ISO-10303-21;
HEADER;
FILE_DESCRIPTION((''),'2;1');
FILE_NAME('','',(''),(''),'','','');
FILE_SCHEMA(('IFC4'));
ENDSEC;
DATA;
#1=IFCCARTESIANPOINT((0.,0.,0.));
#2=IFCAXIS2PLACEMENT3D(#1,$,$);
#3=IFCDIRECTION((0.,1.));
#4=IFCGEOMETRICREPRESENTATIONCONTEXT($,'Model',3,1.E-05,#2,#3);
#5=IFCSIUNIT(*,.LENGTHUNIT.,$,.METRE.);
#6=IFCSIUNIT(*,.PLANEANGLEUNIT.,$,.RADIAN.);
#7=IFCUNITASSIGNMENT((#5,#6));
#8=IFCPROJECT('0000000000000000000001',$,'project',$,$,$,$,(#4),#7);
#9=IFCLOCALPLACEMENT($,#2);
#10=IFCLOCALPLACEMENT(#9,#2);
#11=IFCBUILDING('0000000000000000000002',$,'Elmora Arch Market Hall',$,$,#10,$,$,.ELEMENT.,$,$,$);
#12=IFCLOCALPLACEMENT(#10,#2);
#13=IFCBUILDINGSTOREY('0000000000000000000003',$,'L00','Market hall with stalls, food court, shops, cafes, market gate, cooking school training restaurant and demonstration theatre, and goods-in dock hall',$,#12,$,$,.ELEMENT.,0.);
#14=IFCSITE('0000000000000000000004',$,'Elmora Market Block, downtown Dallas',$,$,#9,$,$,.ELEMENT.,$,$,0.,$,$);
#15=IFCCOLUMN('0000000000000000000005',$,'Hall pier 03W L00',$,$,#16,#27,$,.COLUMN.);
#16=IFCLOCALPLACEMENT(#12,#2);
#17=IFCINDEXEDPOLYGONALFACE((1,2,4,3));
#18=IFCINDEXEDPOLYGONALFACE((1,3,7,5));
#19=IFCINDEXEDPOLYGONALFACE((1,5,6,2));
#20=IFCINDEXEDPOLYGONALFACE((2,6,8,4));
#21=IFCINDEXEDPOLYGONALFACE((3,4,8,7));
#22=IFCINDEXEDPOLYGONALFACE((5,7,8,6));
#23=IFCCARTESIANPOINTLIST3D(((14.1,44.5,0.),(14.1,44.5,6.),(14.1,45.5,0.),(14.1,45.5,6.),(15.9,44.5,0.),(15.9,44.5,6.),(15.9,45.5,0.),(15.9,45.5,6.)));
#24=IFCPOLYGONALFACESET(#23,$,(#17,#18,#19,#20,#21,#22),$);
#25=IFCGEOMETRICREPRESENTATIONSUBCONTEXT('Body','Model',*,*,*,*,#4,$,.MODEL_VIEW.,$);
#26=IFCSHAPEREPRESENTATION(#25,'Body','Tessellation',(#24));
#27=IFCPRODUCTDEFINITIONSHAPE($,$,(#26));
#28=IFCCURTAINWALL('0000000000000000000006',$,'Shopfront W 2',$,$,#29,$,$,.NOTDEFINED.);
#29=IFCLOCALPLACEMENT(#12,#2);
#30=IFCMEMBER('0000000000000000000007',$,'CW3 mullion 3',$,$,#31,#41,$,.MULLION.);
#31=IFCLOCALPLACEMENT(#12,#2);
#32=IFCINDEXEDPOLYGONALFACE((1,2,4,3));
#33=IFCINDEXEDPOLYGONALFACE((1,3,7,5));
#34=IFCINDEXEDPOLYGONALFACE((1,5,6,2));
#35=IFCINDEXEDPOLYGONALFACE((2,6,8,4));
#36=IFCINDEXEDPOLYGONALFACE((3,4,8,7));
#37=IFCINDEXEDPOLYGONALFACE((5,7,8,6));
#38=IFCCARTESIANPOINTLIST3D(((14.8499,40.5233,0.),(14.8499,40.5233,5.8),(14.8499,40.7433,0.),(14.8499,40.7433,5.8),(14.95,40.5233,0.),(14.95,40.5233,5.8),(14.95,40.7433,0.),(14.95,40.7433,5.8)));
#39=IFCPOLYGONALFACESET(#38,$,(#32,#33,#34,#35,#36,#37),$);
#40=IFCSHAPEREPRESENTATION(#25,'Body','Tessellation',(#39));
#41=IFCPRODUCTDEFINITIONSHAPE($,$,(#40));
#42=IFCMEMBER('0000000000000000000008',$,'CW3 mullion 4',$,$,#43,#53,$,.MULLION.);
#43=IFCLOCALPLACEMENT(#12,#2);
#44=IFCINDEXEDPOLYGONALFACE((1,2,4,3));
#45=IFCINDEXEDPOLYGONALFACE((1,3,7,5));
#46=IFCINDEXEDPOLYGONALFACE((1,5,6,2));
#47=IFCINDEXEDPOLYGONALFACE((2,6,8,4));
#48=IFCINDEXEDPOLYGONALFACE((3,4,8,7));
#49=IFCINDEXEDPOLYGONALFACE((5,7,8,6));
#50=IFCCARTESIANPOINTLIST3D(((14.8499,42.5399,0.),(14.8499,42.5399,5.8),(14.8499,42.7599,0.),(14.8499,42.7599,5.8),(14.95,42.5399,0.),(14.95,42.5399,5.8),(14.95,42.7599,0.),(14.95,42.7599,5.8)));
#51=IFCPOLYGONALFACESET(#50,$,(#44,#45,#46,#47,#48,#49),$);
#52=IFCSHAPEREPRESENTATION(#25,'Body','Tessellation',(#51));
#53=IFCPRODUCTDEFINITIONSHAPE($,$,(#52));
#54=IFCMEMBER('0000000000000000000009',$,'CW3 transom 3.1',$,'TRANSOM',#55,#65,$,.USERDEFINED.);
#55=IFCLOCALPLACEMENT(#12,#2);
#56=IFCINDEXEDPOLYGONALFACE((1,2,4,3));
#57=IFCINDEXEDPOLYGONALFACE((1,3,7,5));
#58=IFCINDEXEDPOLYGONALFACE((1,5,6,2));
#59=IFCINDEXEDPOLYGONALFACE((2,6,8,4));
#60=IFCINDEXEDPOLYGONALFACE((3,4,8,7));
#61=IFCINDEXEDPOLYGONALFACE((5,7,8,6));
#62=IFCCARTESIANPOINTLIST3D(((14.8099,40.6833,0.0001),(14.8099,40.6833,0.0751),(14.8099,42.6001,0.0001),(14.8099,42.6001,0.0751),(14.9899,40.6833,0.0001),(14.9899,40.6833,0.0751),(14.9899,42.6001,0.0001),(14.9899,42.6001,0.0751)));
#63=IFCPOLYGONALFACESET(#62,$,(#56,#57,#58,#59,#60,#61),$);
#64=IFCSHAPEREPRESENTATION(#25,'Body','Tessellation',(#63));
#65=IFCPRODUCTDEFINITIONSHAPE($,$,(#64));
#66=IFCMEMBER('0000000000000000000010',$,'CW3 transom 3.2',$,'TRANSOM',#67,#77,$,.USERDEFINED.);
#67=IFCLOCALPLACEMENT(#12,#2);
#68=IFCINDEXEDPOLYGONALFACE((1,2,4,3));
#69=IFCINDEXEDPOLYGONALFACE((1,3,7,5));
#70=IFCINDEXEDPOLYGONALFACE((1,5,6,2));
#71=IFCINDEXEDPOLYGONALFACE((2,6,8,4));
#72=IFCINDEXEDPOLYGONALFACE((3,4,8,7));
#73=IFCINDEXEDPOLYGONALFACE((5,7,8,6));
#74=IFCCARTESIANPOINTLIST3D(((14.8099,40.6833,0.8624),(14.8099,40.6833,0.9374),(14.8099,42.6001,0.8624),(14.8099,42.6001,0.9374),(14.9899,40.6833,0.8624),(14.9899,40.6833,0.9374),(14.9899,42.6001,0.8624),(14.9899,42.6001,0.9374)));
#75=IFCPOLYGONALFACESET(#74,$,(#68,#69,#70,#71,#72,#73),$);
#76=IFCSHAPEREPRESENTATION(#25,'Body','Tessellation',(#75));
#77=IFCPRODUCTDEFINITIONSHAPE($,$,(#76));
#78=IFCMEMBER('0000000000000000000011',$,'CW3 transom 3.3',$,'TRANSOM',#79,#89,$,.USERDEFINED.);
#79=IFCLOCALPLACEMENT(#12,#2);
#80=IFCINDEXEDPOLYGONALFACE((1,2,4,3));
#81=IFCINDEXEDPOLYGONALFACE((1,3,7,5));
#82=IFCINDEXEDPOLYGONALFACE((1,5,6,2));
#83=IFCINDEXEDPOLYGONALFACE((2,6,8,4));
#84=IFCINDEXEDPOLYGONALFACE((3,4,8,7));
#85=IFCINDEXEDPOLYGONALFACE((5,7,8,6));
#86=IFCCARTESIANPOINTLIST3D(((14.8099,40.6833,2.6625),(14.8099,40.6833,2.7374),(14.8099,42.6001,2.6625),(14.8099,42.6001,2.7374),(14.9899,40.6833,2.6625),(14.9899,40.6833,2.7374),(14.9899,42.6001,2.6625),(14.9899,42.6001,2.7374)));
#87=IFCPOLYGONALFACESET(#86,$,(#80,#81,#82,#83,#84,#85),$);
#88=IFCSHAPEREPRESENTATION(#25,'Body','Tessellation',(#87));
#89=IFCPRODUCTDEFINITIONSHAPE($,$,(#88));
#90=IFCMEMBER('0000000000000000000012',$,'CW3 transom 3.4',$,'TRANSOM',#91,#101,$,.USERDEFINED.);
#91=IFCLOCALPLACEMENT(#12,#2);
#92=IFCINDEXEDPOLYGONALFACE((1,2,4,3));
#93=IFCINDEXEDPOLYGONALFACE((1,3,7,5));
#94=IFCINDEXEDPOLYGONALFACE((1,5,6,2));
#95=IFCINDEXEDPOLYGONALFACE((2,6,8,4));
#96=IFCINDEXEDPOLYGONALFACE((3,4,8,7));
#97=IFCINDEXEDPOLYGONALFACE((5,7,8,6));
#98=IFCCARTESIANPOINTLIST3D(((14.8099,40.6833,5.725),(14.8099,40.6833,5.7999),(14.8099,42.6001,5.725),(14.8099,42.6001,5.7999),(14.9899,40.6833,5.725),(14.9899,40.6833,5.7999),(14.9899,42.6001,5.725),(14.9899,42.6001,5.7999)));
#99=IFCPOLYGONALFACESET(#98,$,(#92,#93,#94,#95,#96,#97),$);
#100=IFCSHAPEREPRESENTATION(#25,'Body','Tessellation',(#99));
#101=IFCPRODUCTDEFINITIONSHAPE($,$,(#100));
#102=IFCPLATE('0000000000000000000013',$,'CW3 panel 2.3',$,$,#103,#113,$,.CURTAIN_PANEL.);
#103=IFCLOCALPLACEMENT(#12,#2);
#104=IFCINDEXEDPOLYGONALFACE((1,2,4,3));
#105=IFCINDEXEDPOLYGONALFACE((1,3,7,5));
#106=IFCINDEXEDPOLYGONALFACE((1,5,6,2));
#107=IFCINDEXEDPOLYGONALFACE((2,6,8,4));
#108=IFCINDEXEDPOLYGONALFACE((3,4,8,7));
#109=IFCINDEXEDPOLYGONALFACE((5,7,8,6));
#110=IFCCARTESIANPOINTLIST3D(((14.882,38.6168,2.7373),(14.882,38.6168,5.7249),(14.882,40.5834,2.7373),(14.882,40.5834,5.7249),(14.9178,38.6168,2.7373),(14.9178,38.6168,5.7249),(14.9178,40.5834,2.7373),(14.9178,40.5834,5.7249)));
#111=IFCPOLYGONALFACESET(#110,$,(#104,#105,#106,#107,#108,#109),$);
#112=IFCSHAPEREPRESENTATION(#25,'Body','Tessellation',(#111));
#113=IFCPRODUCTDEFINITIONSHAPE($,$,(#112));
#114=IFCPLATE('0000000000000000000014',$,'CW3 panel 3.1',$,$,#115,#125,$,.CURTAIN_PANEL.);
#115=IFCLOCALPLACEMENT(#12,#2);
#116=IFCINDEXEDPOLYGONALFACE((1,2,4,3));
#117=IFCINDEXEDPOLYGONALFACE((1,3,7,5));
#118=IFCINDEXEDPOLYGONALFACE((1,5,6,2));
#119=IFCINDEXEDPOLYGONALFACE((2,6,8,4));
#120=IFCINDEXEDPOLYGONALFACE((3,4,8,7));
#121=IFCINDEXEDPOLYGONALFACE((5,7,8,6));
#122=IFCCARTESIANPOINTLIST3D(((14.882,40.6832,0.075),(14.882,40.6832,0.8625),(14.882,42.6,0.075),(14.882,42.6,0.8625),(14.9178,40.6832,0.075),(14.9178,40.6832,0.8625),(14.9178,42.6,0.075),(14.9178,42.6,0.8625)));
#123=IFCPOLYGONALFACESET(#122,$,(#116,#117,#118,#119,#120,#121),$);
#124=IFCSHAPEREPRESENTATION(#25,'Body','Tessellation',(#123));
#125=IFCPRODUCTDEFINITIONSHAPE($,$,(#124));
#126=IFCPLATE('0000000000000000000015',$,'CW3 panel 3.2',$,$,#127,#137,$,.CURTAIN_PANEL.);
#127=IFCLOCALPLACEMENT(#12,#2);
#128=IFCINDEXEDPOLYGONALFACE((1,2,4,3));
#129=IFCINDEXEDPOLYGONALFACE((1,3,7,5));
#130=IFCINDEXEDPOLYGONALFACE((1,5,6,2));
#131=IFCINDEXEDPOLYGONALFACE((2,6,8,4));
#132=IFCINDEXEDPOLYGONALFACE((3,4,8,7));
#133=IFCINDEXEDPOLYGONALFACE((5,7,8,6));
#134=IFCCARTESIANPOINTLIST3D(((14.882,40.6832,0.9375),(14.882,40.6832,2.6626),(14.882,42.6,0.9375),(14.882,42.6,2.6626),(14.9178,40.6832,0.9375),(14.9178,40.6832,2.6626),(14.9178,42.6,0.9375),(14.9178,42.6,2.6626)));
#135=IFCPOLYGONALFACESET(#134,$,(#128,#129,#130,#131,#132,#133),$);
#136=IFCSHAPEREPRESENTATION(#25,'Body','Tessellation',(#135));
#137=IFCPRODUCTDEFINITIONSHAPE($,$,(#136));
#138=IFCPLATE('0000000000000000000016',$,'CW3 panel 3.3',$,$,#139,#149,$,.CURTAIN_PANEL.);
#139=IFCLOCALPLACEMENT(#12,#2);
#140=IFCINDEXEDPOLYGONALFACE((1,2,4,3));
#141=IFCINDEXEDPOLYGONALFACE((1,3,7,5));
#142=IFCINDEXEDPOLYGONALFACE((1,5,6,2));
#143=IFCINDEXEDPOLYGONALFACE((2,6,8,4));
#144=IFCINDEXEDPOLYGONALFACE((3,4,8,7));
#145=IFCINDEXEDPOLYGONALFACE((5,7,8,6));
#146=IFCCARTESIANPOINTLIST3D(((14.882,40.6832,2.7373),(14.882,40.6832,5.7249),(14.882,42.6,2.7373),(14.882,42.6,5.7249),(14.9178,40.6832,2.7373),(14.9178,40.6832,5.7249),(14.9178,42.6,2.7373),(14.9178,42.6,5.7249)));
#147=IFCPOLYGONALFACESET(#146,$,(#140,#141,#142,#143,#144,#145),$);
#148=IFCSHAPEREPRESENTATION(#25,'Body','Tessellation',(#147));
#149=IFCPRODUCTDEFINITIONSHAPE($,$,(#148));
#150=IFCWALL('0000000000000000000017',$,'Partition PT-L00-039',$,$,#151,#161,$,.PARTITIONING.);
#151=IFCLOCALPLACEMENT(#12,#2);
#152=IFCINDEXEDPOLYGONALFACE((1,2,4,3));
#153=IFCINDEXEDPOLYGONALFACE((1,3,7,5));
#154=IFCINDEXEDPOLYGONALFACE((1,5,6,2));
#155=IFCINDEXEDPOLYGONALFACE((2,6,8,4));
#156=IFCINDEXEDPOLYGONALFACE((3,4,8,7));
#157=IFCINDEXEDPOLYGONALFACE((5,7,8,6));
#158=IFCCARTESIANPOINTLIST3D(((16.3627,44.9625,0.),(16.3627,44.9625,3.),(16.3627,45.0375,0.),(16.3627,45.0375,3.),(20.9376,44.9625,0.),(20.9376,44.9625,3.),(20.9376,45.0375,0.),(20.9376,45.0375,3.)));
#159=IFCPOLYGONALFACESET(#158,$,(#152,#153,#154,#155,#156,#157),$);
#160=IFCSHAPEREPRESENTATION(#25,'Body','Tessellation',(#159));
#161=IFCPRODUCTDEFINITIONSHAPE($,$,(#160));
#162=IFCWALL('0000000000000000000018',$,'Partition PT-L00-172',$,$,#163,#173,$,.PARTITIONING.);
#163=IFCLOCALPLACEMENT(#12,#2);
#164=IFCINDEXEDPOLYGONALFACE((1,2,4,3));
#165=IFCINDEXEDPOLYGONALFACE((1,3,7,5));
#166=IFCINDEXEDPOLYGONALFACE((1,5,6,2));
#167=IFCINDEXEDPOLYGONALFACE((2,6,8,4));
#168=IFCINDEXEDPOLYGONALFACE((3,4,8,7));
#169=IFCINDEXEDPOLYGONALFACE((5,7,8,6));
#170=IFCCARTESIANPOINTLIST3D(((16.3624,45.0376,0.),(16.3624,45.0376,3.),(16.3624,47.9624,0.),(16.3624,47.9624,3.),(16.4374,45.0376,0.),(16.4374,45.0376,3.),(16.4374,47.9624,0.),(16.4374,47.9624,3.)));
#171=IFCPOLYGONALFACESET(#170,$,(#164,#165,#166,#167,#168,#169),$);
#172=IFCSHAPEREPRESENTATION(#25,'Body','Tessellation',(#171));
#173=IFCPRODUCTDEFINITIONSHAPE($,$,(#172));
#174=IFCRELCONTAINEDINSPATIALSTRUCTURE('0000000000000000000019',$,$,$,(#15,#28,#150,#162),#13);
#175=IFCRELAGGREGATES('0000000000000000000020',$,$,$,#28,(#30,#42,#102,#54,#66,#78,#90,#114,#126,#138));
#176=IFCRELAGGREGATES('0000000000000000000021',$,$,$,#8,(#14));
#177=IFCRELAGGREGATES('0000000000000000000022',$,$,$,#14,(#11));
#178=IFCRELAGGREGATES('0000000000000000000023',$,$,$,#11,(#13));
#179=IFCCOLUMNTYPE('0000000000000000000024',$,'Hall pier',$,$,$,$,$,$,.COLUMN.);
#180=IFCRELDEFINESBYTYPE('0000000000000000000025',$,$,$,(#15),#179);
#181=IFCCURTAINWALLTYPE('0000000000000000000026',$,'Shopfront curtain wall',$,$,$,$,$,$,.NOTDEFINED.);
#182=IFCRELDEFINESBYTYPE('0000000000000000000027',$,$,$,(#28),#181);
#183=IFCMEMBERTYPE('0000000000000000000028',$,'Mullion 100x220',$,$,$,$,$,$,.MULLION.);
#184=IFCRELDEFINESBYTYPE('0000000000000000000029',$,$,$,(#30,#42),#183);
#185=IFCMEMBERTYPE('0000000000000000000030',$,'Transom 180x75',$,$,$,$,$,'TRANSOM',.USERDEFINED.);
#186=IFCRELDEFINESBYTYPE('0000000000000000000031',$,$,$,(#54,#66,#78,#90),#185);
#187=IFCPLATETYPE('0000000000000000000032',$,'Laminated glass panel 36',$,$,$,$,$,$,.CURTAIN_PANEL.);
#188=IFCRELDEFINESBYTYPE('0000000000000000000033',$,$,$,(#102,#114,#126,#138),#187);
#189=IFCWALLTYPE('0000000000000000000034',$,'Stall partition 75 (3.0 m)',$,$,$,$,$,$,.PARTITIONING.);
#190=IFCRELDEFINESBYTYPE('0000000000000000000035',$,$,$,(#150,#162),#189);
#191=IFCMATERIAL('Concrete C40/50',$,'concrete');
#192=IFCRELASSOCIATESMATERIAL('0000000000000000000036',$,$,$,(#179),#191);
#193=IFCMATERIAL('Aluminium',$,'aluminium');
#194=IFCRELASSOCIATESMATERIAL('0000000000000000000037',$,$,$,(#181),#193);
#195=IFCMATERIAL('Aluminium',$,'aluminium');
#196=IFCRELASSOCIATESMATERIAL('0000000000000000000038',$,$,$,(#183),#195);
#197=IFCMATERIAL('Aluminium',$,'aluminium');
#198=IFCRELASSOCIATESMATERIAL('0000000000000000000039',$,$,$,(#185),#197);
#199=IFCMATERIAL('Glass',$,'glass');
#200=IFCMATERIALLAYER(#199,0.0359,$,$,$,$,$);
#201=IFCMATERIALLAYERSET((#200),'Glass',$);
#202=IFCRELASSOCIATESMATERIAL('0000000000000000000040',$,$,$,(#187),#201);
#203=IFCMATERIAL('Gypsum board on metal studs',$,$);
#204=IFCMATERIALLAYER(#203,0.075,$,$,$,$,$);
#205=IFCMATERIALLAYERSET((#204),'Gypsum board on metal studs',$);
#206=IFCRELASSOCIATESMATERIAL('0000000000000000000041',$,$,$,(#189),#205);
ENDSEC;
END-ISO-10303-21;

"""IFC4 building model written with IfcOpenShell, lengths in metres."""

from ifc_helpers import new_model, si_unit, direction, frame, frame_2d, origin, origin_2d, place, context, subcontext, project, spatial, rectangle, extrude, material, layer, layer_set, material_profile, profile_set, type_object, element, aggregate, save


model = new_model("IFC4")

# Units and contexts
model_context = context("Model", 3, precision=1e-05, world=origin(), true_north=direction((0.0, 1.0)))
body_context = subcontext(model_context, "Body", "Model", "MODEL_VIEW")
ifc_project = project(units=[si_unit("LENGTHUNIT", "METRE"), si_unit("PLANEANGLEUNIT", "RADIAN")], contexts=[model_context])

# Site, building, storey
site_placement = place(None, origin())
site = spatial("IfcSite", under=ifc_project, at=site_placement, Name="Elmora Market Block, downtown Dallas", CompositionType="ELEMENT", RefElevation=0.0)
building_placement = place(site_placement, origin())
building = spatial("IfcBuilding", under=site, at=building_placement, Name="Elmora Arch Market Hall", CompositionType="ELEMENT")
storey_placement = place(building_placement, origin())
storey = spatial("IfcBuildingStorey", under=building, at=storey_placement, Name="L00", Description="Market hall with stalls, food court, shops, cafes, market gate, cooking school training restaurant and demonstration theatre, and goods-in dock hall", CompositionType="ELEMENT", Elevation=0.0)

# Column
ifc_material_1 = material(Name="Concrete C40/50", Category="concrete")
ifc_material_profile_1 = material_profile(ifc_material_1, rectangle(XDim=1.8, YDim=1.0, at=origin_2d()), Name="Hall pier")
ifc_profile_set_1 = profile_set([ifc_material_profile_1], Name="Concrete C40/50")
column_type = type_object("IfcColumnType", Name="Hall pier", PredefinedType="COLUMN", material=ifc_profile_set_1)
column_placement = place(storey_placement, frame((15.0, 45.0, 0.0), z_axis=(0.0, 0.0, 1.0), x_axis=(1.0, 0.0, 0.0)))
element("IfcColumn", 1, at=column_placement, inside=storey, type_object=column_type, Name="Hall pier 03W L00", PredefinedType="COLUMN", context=body_context, shape_type="SweptSolid", body=[
    extrude(rectangle(XDim=1.8, YDim=1.0, at=origin_2d()), origin(), (0.0, 0.0, 1.0), 6.0),
])

# Curtain wall, members, plates
ifc_material_2 = material(Name="Aluminium", Category="aluminium")
curtain_wall_type = type_object("IfcCurtainWallType", Name="Shopfront curtain wall", PredefinedType="NOTDEFINED", material=ifc_material_2)
curtain_wall_placement = place(storey_placement, origin())
curtain_wall = element("IfcCurtainWall", 2, at=curtain_wall_placement, inside=storey, type_object=curtain_wall_type, Name="Shopfront W 2", PredefinedType="NOTDEFINED")
ifc_material_3 = material(Name="Aluminium", Category="aluminium")
ifc_material_profile_2 = material_profile(ifc_material_3, rectangle(XDim=0.1001, YDim=0.22, at=origin_2d()), Name="AL 100x220")
ifc_profile_set_2 = profile_set([ifc_material_profile_2], Name="Aluminium")
member_type_1 = type_object("IfcMemberType", Name="Mullion 100x220", PredefinedType="MULLION", material=ifc_profile_set_2)
member_1_placement = place(storey_placement, frame((14.8999, 40.6333, 0.0), z_axis=(0.0, 0.0, 1.0), x_axis=(-1.0, 0.0, 0.0)))
member_1 = element("IfcMember", 3, at=member_1_placement, type_object=member_type_1, Name="CW3 mullion 3", PredefinedType="MULLION", context=body_context, shape_type="SweptSolid", body=[
    extrude(rectangle(XDim=0.1001, YDim=0.22, at=origin_2d()), origin(), (0.0, 0.0, 1.0), 5.8),
])
member_2_placement = place(storey_placement, frame((14.8999, 42.6499, 0.0), z_axis=(0.0, 0.0, 1.0), x_axis=(-1.0, 0.0, 0.0)))
member_2 = element("IfcMember", 4, at=member_2_placement, type_object=member_type_1, Name="CW3 mullion 4", PredefinedType="MULLION", context=body_context, shape_type="SweptSolid", body=[
    extrude(rectangle(XDim=0.1001, YDim=0.22, at=origin_2d()), origin(), (0.0, 0.0, 1.0), 5.8),
])
ifc_material_4 = material(Name="Aluminium", Category="aluminium")
ifc_material_profile_3 = material_profile(ifc_material_4, rectangle(XDim=0.1799, YDim=0.075, at=origin_2d()), Name="AL 180x75")
ifc_profile_set_3 = profile_set([ifc_material_profile_3], Name="Aluminium")
member_type_2 = type_object("IfcMemberType", Name="Transom 180x75", ElementType="TRANSOM", PredefinedType="USERDEFINED", material=ifc_profile_set_3)
member_3_placement = place(storey_placement, frame((14.8999, 40.6833, 0.0376), z_axis=(0.0, 1.0, 0.0), x_axis=(-1.0, 0.0, 0.0)))
member_3 = element("IfcMember", 5, at=member_3_placement, type_object=member_type_2, Name="CW3 transom 3.1", ObjectType="TRANSOM", PredefinedType="USERDEFINED", context=body_context, shape_type="SweptSolid", body=[
    extrude(rectangle(XDim=0.1799, YDim=0.075, at=origin_2d()), origin(), (0.0, 0.0, 1.0), 1.9167),
])
member_4_placement = place(storey_placement, frame((14.8999, 40.6833, 0.8999), z_axis=(0.0, 1.0, 0.0), x_axis=(-1.0, 0.0, 0.0)))
member_4 = element("IfcMember", 6, at=member_4_placement, type_object=member_type_2, Name="CW3 transom 3.2", ObjectType="TRANSOM", PredefinedType="USERDEFINED", context=body_context, shape_type="SweptSolid", body=[
    extrude(rectangle(XDim=0.1799, YDim=0.075, at=origin_2d()), origin(), (0.0, 0.0, 1.0), 1.9167),
])
member_5_placement = place(storey_placement, frame((14.8999, 40.6833, 2.7), z_axis=(0.0, 1.0, 0.0), x_axis=(-1.0, 0.0, 0.0)))
member_5 = element("IfcMember", 7, at=member_5_placement, type_object=member_type_2, Name="CW3 transom 3.3", ObjectType="TRANSOM", PredefinedType="USERDEFINED", context=body_context, shape_type="SweptSolid", body=[
    extrude(rectangle(XDim=0.1799, YDim=0.075, at=origin_2d()), origin(), (0.0, 0.0, 1.0), 1.9167),
])
member_6_placement = place(storey_placement, frame((14.8999, 40.6833, 5.7625), z_axis=(0.0, 1.0, 0.0), x_axis=(-1.0, 0.0, 0.0)))
member_6 = element("IfcMember", 8, at=member_6_placement, type_object=member_type_2, Name="CW3 transom 3.4", ObjectType="TRANSOM", PredefinedType="USERDEFINED", context=body_context, shape_type="SweptSolid", body=[
    extrude(rectangle(XDim=0.1799, YDim=0.075, at=origin_2d()), origin(), (0.0, 0.0, 1.0), 1.9167),
])
ifc_material_5 = material(Name="Glass", Category="glass")
ifc_layer_1 = layer(ifc_material_5, 0.0359)
ifc_layer_set_1 = layer_set([ifc_layer_1], Name="Glass")
plate_type = type_object("IfcPlateType", Name="Laminated glass panel 36", PredefinedType="CURTAIN_PANEL", material=ifc_layer_set_1)
plate_1_placement = place(storey_placement, frame((14.8999, 39.6001, 2.7373), z_axis=(0.0, 0.0, 1.0), x_axis=(0.0, 1.0, 0.0)))
plate_1 = element("IfcPlate", 9, at=plate_1_placement, type_object=plate_type, Name="CW3 panel 2.3", PredefinedType="CURTAIN_PANEL", context=body_context, shape_type="SweptSolid", body=[
    extrude(rectangle(XDim=1.9666, YDim=0.0359, at=origin_2d()), origin(), (0.0, 0.0, 1.0), 2.9875),
])
plate_2_placement = place(storey_placement, frame((14.8999, 41.6416, 0.075), z_axis=(0.0, 0.0, 1.0), x_axis=(0.0, 1.0, 0.0)))
plate_2 = element("IfcPlate", 10, at=plate_2_placement, type_object=plate_type, Name="CW3 panel 3.1", PredefinedType="CURTAIN_PANEL", context=body_context, shape_type="SweptSolid", body=[
    extrude(rectangle(XDim=1.9167, YDim=0.0359, at=origin_2d()), origin(), (0.0, 0.0, 1.0), 0.7876),
])
plate_3_placement = place(storey_placement, frame((14.8999, 41.6416, 0.9375), z_axis=(0.0, 0.0, 1.0), x_axis=(0.0, 1.0, 0.0)))
plate_3 = element("IfcPlate", 11, at=plate_3_placement, type_object=plate_type, Name="CW3 panel 3.2", PredefinedType="CURTAIN_PANEL", context=body_context, shape_type="SweptSolid", body=[
    extrude(rectangle(XDim=1.9167, YDim=0.0359, at=origin_2d()), origin(), (0.0, 0.0, 1.0), 1.7251),
])
plate_4_placement = place(storey_placement, frame((14.8999, 41.6416, 2.7373), z_axis=(0.0, 0.0, 1.0), x_axis=(0.0, 1.0, 0.0)))
plate_4 = element("IfcPlate", 12, at=plate_4_placement, type_object=plate_type, Name="CW3 panel 3.3", PredefinedType="CURTAIN_PANEL", context=body_context, shape_type="SweptSolid", body=[
    extrude(rectangle(XDim=1.9167, YDim=0.0359, at=origin_2d()), origin(), (0.0, 0.0, 1.0), 2.9875),
])
aggregate(curtain_wall, [member_1, member_2, plate_1, member_3, member_4, member_5, member_6, plate_2, plate_3, plate_4])

# Shared definitions
ifc_material_6 = material(Name="Gypsum board on metal studs")
ifc_layer_2 = layer(ifc_material_6, 0.075)
ifc_layer_set_2 = layer_set([ifc_layer_2], Name="Gypsum board on metal studs")
wall_type_1 = type_object("IfcWallType", Name="Stall partition 75 (3.0 m)", PredefinedType="PARTITIONING", material=ifc_layer_set_2)

# Walls
wall_1_placement = place(storey_placement, frame((16.3625, 45.0, 0.0), z_axis=(0.0, 0.0, 1.0), x_axis=(1.0, 0.0, 0.0)))
element("IfcWall", 13, at=wall_1_placement, inside=storey, type_object=wall_type_1, Name="Partition PT-L00-039", PredefinedType="PARTITIONING", context=body_context, shape_type="SweptSolid", body=[
    extrude(rectangle(XDim=4.575, YDim=0.075, at=frame_2d((2.2876, 0.0))), origin(), (0.0, 0.0, 1.0), 3.0),
])
wall_2_placement = place(storey_placement, frame((16.3999, 45.0376, 0.0), z_axis=(0.0, 0.0, 1.0), x_axis=(0.0, 1.0, 0.0)))
element("IfcWall", 14, at=wall_2_placement, inside=storey, type_object=wall_type_1, Name="Partition PT-L00-172", PredefinedType="PARTITIONING", context=body_context, shape_type="SweptSolid", body=[
    extrude(rectangle(XDim=2.9248, YDim=0.075, at=frame_2d((1.4624, 0.0))), origin(), (0.0, 0.0, 1.0), 3.0),
])

save(model, "model.ifc")
